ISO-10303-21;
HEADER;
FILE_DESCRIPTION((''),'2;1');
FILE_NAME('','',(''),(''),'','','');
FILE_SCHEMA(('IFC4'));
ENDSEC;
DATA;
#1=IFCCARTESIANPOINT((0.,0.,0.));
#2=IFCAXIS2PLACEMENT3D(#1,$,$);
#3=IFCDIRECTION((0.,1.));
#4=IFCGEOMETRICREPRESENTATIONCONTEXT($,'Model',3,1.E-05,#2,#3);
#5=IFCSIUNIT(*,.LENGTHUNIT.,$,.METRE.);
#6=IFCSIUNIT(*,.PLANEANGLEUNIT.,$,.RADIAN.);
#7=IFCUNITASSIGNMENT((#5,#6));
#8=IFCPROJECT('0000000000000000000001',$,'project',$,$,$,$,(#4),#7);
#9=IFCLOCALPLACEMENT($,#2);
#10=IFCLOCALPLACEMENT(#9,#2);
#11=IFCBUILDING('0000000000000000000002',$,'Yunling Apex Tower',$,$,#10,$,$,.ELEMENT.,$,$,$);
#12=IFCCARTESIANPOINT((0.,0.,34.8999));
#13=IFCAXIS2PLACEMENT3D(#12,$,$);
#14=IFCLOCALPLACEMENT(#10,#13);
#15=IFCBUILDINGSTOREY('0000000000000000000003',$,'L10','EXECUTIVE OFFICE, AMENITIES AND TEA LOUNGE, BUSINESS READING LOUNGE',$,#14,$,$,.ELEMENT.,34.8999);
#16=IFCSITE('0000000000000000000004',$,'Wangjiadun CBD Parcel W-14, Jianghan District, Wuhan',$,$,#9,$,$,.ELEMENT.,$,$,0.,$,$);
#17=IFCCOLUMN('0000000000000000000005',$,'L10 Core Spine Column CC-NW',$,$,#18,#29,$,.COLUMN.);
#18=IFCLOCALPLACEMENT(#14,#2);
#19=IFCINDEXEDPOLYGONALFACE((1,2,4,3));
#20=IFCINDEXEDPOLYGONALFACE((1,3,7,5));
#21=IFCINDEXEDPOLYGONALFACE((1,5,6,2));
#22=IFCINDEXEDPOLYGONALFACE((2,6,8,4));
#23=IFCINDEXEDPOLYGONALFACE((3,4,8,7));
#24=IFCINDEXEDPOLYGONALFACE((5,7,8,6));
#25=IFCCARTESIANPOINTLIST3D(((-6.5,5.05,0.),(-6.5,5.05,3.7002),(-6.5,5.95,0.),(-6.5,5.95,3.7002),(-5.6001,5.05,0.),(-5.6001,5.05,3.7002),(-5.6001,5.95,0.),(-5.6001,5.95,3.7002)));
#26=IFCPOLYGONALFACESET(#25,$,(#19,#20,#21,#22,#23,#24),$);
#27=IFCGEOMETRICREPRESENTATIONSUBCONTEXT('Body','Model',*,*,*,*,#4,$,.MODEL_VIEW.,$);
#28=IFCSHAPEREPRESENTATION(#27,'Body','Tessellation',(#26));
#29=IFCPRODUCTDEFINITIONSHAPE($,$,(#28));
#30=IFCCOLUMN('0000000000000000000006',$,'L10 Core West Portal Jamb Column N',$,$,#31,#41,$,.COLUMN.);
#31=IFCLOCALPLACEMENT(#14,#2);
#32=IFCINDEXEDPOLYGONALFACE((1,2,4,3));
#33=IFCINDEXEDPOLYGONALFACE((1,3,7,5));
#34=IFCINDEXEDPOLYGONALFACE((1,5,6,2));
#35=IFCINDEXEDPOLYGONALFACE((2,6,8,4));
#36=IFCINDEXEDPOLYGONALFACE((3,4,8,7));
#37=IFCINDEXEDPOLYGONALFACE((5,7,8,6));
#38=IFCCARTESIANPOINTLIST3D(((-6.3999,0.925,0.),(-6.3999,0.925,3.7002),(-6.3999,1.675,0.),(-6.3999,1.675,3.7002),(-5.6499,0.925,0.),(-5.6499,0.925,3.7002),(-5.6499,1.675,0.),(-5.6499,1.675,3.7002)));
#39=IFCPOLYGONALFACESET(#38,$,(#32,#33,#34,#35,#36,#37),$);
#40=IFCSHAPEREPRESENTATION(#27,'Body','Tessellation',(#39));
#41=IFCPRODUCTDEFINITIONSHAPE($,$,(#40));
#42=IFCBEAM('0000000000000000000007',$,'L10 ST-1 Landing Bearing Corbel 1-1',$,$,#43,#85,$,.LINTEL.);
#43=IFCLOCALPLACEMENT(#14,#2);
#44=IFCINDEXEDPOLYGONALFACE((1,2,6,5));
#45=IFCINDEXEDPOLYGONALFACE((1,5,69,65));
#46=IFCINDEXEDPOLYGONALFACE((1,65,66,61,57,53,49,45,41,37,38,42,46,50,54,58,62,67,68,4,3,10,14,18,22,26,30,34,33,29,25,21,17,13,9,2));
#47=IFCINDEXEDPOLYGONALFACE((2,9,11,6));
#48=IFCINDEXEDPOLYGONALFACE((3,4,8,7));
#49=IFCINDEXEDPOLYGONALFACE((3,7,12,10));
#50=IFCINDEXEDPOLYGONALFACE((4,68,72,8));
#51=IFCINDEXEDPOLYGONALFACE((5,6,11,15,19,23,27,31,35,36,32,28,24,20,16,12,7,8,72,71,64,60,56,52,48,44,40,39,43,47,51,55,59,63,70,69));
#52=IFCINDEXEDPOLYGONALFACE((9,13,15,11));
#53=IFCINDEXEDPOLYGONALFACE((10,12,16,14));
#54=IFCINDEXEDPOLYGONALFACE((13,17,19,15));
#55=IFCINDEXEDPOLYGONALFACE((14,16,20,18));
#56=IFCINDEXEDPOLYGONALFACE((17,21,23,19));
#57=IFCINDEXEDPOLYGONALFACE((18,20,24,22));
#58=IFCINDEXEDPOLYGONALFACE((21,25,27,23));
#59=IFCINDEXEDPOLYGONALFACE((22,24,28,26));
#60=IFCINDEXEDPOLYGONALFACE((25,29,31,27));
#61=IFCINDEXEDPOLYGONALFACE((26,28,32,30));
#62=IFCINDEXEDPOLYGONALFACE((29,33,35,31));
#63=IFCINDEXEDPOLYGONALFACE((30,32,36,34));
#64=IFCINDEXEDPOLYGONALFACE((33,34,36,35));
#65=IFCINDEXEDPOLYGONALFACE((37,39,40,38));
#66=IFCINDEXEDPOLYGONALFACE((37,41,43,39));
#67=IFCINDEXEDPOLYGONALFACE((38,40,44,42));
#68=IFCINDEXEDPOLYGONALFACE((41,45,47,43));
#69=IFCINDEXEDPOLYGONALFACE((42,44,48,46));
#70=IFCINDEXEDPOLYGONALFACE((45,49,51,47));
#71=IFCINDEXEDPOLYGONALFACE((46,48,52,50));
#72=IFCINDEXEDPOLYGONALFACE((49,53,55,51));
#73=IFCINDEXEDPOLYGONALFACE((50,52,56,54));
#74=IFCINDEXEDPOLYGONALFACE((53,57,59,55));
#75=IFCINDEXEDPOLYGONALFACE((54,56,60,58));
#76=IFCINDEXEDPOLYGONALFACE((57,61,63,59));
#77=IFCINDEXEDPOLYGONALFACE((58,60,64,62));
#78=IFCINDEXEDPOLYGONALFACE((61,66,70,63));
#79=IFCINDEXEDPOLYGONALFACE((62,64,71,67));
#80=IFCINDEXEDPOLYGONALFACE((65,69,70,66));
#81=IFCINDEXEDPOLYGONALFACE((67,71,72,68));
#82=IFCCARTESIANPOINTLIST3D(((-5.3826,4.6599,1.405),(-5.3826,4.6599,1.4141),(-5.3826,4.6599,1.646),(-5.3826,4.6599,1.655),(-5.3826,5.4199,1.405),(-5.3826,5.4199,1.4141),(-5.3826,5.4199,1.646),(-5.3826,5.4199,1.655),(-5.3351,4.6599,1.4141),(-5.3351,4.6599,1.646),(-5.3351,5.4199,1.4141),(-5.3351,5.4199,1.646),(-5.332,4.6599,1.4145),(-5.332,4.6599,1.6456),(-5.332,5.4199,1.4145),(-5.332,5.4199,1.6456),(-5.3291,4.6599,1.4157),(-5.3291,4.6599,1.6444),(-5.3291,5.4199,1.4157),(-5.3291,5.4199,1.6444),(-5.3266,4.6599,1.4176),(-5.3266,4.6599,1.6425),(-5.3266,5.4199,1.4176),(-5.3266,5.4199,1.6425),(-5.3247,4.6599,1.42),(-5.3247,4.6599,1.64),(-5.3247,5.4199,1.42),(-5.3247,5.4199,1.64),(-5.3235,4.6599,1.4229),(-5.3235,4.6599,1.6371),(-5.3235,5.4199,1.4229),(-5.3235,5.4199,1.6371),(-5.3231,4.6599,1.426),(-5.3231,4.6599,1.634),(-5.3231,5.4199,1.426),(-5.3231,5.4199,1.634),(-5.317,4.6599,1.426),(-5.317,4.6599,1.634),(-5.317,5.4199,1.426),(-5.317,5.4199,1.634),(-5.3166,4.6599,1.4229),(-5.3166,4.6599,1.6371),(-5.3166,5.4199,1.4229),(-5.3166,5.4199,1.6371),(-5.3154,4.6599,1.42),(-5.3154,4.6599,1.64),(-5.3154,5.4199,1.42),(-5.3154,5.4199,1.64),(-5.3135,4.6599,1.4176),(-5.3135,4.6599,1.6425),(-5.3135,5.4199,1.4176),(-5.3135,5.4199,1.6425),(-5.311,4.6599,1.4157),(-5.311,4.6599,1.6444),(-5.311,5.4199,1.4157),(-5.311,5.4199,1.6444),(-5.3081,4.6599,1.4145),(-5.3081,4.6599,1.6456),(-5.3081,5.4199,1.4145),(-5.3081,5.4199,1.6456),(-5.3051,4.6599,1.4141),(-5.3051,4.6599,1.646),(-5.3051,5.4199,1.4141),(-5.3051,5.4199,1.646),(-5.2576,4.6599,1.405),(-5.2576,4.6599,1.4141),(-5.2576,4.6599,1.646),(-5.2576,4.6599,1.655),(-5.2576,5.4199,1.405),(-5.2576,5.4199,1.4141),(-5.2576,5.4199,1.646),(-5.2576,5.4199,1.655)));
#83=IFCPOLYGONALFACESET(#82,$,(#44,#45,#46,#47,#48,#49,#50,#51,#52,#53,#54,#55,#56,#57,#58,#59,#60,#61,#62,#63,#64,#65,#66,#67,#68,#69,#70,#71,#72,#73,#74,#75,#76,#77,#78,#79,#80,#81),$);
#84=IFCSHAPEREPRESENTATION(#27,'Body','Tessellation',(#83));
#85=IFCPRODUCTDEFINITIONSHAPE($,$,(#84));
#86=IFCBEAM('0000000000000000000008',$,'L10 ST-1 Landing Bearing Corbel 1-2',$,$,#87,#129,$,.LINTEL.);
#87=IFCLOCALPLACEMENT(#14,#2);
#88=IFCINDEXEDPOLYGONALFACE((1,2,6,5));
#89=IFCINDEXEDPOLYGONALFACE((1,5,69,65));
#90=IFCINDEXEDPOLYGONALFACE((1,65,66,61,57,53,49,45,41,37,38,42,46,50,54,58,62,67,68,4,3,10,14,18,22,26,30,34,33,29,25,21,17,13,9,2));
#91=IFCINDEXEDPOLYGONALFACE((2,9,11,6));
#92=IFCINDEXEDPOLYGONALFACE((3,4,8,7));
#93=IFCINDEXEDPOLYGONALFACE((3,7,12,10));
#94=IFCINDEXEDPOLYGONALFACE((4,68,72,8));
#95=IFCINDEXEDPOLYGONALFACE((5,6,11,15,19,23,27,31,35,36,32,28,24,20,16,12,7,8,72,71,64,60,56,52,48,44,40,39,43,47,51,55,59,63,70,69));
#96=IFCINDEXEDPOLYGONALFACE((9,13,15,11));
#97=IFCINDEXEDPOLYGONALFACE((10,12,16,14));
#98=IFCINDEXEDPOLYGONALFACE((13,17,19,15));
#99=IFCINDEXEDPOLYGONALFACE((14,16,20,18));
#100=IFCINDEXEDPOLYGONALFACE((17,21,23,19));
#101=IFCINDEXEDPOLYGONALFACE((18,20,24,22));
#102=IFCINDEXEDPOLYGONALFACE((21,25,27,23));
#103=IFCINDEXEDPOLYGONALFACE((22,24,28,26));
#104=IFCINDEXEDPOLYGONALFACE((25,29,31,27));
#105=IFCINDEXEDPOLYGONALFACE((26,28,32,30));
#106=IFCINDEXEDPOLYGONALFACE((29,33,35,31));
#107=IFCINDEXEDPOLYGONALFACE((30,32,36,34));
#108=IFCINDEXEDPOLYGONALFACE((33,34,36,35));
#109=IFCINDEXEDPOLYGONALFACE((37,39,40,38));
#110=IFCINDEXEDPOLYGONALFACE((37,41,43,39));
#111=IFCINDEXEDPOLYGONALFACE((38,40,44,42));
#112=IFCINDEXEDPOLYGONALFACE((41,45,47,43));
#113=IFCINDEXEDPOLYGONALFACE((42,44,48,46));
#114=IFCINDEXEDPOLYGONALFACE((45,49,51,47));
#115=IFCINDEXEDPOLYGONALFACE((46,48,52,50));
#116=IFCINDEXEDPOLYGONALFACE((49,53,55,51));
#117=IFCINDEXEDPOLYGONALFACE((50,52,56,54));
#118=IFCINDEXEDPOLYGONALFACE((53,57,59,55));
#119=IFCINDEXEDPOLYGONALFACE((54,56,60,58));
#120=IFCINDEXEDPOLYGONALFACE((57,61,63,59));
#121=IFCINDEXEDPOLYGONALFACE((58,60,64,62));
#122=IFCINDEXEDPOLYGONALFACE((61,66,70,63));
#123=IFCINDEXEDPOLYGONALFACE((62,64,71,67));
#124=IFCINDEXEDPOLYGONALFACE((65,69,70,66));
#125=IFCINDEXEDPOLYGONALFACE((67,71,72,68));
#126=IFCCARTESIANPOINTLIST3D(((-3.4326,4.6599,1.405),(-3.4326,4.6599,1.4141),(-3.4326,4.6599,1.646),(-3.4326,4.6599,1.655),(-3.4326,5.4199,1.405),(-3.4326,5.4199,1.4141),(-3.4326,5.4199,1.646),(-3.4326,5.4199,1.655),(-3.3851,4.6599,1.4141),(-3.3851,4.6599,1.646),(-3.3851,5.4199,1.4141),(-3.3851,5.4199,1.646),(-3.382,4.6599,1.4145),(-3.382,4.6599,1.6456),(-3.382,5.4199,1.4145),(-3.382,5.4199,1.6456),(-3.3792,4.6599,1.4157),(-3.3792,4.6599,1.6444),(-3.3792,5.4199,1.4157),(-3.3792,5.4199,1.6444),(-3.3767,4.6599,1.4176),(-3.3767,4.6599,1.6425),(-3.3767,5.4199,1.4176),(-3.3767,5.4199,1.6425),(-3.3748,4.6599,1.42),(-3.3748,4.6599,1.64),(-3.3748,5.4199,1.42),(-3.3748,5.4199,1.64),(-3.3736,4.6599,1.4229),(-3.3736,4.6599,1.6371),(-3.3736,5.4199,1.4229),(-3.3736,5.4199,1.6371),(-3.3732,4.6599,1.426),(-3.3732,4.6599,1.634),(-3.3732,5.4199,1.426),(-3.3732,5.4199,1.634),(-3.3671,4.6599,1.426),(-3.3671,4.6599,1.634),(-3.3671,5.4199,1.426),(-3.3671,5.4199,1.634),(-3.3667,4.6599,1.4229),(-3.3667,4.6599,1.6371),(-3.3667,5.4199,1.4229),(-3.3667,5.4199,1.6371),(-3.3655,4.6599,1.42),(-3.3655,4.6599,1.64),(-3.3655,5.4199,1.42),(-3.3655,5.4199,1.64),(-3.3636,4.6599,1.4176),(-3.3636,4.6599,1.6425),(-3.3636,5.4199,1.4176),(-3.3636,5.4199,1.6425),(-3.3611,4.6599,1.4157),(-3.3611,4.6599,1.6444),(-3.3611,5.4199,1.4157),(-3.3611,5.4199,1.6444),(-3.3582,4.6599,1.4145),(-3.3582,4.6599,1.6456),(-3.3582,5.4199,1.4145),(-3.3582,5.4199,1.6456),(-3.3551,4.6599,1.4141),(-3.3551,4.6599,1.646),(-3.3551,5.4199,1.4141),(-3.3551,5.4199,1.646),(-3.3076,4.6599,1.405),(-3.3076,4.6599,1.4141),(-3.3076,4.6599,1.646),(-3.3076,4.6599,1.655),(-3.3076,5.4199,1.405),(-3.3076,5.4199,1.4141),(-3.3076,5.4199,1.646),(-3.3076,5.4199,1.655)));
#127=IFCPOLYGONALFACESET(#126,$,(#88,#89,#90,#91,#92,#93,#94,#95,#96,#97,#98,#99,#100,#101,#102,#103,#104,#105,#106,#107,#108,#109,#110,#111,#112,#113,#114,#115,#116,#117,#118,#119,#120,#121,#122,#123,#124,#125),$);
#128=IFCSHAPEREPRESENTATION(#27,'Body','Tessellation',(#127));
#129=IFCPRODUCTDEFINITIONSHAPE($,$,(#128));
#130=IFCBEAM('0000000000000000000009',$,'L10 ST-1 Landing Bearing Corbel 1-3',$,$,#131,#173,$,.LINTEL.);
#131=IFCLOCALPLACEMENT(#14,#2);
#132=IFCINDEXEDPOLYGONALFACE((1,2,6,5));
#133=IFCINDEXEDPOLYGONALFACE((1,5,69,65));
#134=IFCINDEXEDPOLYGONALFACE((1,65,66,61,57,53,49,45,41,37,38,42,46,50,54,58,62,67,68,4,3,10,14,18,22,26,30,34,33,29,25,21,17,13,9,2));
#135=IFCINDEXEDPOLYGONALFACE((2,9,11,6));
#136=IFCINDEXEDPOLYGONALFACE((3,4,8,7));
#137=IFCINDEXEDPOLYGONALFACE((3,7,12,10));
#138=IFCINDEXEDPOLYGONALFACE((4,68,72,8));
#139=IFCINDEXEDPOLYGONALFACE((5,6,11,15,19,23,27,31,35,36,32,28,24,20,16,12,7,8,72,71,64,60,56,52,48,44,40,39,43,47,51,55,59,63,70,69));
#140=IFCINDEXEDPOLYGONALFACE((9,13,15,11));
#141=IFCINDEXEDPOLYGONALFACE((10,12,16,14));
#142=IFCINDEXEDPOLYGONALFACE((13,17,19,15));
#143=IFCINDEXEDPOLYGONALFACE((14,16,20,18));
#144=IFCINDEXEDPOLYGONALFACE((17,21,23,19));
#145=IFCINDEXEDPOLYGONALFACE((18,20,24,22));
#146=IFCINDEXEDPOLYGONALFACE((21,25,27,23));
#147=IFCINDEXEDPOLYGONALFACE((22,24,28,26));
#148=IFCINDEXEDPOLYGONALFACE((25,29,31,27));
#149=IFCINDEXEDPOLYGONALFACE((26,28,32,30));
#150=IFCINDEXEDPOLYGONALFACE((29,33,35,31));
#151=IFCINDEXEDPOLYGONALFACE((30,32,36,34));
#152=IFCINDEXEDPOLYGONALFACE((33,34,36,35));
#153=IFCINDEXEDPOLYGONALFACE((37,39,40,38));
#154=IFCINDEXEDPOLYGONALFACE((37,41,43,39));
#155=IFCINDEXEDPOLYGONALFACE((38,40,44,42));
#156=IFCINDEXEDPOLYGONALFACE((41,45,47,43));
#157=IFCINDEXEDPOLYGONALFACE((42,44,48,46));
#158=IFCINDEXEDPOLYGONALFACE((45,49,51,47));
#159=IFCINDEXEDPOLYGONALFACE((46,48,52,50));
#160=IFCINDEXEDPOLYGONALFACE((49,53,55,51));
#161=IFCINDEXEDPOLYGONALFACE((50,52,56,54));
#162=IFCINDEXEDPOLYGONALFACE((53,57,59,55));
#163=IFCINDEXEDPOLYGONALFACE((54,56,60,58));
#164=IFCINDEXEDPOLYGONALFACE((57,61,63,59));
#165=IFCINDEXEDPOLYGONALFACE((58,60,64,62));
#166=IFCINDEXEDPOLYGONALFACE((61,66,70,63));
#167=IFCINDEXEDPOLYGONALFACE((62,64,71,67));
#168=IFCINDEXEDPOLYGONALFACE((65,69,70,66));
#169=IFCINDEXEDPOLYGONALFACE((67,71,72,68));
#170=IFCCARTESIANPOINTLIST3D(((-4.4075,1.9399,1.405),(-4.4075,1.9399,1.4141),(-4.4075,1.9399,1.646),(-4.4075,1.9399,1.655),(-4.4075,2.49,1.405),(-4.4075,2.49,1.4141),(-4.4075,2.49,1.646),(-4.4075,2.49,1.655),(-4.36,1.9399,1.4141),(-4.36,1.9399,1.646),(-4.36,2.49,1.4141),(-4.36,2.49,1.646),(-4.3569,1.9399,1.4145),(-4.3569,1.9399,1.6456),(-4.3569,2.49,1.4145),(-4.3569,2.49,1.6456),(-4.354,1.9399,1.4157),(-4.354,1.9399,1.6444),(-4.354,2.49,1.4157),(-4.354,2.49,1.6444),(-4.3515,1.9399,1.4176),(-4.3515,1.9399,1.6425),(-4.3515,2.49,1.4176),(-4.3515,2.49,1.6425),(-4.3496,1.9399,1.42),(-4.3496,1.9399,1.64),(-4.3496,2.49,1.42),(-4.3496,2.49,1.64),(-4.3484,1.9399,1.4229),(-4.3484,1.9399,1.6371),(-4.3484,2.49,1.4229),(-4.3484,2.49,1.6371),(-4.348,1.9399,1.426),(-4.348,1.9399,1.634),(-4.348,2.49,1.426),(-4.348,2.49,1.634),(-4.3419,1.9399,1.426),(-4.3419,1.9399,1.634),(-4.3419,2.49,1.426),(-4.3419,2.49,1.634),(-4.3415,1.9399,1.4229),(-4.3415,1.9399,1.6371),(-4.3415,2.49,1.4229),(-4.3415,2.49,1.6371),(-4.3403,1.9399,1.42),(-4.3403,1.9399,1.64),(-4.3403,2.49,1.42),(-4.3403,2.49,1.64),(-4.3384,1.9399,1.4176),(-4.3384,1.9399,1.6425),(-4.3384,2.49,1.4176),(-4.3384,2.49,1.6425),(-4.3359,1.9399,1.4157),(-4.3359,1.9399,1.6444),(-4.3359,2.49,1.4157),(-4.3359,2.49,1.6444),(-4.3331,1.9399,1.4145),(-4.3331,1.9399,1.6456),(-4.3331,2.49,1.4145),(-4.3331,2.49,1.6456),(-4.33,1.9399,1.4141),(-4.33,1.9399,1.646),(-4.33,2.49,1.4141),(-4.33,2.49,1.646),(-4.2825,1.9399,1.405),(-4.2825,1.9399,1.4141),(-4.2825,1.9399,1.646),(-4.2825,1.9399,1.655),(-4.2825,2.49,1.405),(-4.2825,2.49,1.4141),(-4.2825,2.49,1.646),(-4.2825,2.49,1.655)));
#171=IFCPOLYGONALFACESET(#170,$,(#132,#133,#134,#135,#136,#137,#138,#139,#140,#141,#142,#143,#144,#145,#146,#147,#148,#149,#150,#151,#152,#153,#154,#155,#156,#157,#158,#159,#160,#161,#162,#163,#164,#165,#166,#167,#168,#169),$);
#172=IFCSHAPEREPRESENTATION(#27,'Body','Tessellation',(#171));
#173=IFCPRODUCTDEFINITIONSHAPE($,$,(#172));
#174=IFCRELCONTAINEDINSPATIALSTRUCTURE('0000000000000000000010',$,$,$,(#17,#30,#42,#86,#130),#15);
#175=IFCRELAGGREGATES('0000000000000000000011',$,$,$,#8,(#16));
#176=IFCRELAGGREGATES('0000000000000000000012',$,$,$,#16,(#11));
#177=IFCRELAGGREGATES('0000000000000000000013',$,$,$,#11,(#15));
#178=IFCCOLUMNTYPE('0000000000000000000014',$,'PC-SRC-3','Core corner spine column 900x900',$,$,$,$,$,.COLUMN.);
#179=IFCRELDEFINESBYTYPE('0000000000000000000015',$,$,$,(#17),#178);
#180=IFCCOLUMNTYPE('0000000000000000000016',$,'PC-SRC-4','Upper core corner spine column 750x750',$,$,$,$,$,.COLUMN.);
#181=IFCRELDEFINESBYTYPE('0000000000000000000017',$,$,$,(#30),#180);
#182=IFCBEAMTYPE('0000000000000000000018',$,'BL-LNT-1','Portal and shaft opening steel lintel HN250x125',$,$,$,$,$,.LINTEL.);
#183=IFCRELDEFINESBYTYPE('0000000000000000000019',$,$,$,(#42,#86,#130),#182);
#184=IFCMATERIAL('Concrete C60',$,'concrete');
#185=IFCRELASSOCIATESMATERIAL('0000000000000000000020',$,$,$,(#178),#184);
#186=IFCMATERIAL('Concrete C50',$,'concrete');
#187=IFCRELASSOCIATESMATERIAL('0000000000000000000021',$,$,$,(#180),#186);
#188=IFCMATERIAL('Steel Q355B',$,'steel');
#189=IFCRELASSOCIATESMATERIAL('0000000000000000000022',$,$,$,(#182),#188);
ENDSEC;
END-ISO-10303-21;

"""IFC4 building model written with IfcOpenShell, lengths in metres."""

from ifc_helpers import new_model, si_unit, direction, frame, origin, origin_2d, place, context, subcontext, project, spatial, rectangle, i_section, extrude, source, transform, mapped, material, material_profile, profile_set, type_object, element, save


model = new_model("IFC4")

# Units and contexts
model_context = context("Model", 3, precision=1e-05, world=origin(), true_north=direction((0.0, 1.0)))
body_context = subcontext(model_context, "Body", "Model", "MODEL_VIEW")
ifc_project = project(units=[si_unit("LENGTHUNIT", "METRE"), si_unit("PLANEANGLEUNIT", "RADIAN")], contexts=[model_context])

# Site, building, storey
site_placement = place(None, origin())
site = spatial("IfcSite", under=ifc_project, at=site_placement, Name="Wangjiadun CBD Parcel W-14, Jianghan District, Wuhan", CompositionType="ELEMENT", RefElevation=0.0)
building_placement = place(site_placement, origin())
building = spatial("IfcBuilding", under=site, at=building_placement, Name="Yunling Apex Tower", CompositionType="ELEMENT")
storey_placement = place(building_placement, frame((0.0, 0.0, 34.8999)))
storey = spatial("IfcBuildingStorey", under=building, at=storey_placement, Name="L10", Description="EXECUTIVE OFFICE, AMENITIES AND TEA LOUNGE, BUSINESS READING LOUNGE", CompositionType="ELEMENT", Elevation=34.8999)

# Columns
ifc_material_1 = material(Name="Concrete C60", Category="concrete")
ifc_material_profile_1 = material_profile(ifc_material_1, rectangle(XDim=0.8999, YDim=0.8999, at=origin_2d()))
ifc_profile_set_1 = profile_set([ifc_material_profile_1], Name="Concrete C60")
column_type_1 = type_object("IfcColumnType", Name="PC-SRC-3", Description="Core corner spine column 900x900", PredefinedType="COLUMN", material=ifc_profile_set_1)
shared_shape_1 = source(origin(), body_context, "Body", "SweptSolid", [
    extrude(rectangle(XDim=0.8999, YDim=0.8999, at=origin_2d()), origin(), (0.0, 0.0, 1.0), 3.7002),
])
column_1_placement = place(storey_placement, frame((-6.05, 5.5, 0.0), z_axis=(0.0, 0.0, 1.0), x_axis=(1.0, 0.0, 0.0)))
element("IfcColumn", 1, at=column_1_placement, inside=storey, type_object=column_type_1, Name="L10 Core Spine Column CC-NW", PredefinedType="COLUMN", context=body_context, shape_type="MappedRepresentation", body=[
    mapped(shared_shape_1, transform((0.0, 0.0, 0.0), scale=1.0)),
])
ifc_material_2 = material(Name="Concrete C50", Category="concrete")
ifc_material_profile_2 = material_profile(ifc_material_2, rectangle(XDim=0.75, YDim=0.75, at=origin_2d()))
ifc_profile_set_2 = profile_set([ifc_material_profile_2], Name="Concrete C50")
column_type_2 = type_object("IfcColumnType", Name="PC-SRC-4", Description="Upper core corner spine column 750x750", PredefinedType="COLUMN", material=ifc_profile_set_2)
shared_shape_2 = source(origin(), body_context, "Body", "SweptSolid", [
    extrude(rectangle(XDim=0.75, YDim=0.75, at=origin_2d()), origin(), (0.0, 0.0, 1.0), 3.7002),
])
column_2_placement = place(storey_placement, frame((-6.0249, 1.3, 0.0), z_axis=(0.0, 0.0, 1.0), x_axis=(1.0, 0.0, 0.0)))
element("IfcColumn", 2, at=column_2_placement, inside=storey, type_object=column_type_2, Name="L10 Core West Portal Jamb Column N", PredefinedType="COLUMN", context=body_context, shape_type="MappedRepresentation", body=[
    mapped(shared_shape_2, transform((0.0, 0.0, 0.0), scale=1.0)),
])

# Beams
ifc_material_3 = material(Name="Steel Q355B", Category="steel")
ifc_material_profile_3 = material_profile(ifc_material_3, i_section(OverallWidth=0.125, OverallDepth=0.25, WebThickness=0.0061, FlangeThickness=0.009, FilletRadius=0.012, at=origin_2d()))
ifc_profile_set_3 = profile_set([ifc_material_profile_3], Name="Steel Q355B")
beam_type_1 = type_object("IfcBeamType", Name="BL-LNT-1", Description="Portal and shaft opening steel lintel HN250x125", PredefinedType="LINTEL", material=ifc_profile_set_3)
shared_shape_3 = source(origin(), body_context, "Body", "SweptSolid", [
    extrude(i_section(OverallWidth=0.125, OverallDepth=0.25, WebThickness=0.0061, FlangeThickness=0.009, FilletRadius=0.012, at=origin_2d()), origin(), (0.0, 0.0, 1.0), 0.76),
])
for number, where, z_axis, x_axis, name in (
    (3, (-5.3201, 5.4199, 1.53), (0.0, -1.0, 0.0), (1.0, 0.0, 0.0), "L10 ST-1 Landing Bearing Corbel 1-1"),
    (4, (-3.3701, 5.4199, 1.53), (0.0, -1.0, 0.0), (1.0, 0.0, 0.0), "L10 ST-1 Landing Bearing Corbel 1-2"),
):
    element("IfcBeam", number, at=place(storey_placement, frame(where, z_axis=z_axis, x_axis=x_axis)), inside=storey, type_object=beam_type_1, Name=name, PredefinedType="LINTEL", context=body_context, shape_type="MappedRepresentation", body=[
        mapped(shared_shape_3, transform((0.0, 0.0, 0.0), scale=1.0)),
    ])
shared_shape_4 = source(origin(), body_context, "Body", "SweptSolid", [
    extrude(i_section(OverallWidth=0.125, OverallDepth=0.25, WebThickness=0.0061, FlangeThickness=0.009, FilletRadius=0.012, at=origin_2d()), origin(), (0.0, 0.0, 1.0), 0.55),
])
beam_1_placement = place(storey_placement, frame((-4.345, 1.9399, 1.53), z_axis=(0.0, 1.0, 0.0), x_axis=(-1.0, 0.0, 0.0)))
element("IfcBeam", 5, at=beam_1_placement, inside=storey, type_object=beam_type_1, Name="L10 ST-1 Landing Bearing Corbel 1-3", PredefinedType="LINTEL", context=body_context, shape_type="MappedRepresentation", body=[
    mapped(shared_shape_4, transform((0.0, 0.0, 0.0), scale=1.0)),
])

save(model, "model.ifc")
